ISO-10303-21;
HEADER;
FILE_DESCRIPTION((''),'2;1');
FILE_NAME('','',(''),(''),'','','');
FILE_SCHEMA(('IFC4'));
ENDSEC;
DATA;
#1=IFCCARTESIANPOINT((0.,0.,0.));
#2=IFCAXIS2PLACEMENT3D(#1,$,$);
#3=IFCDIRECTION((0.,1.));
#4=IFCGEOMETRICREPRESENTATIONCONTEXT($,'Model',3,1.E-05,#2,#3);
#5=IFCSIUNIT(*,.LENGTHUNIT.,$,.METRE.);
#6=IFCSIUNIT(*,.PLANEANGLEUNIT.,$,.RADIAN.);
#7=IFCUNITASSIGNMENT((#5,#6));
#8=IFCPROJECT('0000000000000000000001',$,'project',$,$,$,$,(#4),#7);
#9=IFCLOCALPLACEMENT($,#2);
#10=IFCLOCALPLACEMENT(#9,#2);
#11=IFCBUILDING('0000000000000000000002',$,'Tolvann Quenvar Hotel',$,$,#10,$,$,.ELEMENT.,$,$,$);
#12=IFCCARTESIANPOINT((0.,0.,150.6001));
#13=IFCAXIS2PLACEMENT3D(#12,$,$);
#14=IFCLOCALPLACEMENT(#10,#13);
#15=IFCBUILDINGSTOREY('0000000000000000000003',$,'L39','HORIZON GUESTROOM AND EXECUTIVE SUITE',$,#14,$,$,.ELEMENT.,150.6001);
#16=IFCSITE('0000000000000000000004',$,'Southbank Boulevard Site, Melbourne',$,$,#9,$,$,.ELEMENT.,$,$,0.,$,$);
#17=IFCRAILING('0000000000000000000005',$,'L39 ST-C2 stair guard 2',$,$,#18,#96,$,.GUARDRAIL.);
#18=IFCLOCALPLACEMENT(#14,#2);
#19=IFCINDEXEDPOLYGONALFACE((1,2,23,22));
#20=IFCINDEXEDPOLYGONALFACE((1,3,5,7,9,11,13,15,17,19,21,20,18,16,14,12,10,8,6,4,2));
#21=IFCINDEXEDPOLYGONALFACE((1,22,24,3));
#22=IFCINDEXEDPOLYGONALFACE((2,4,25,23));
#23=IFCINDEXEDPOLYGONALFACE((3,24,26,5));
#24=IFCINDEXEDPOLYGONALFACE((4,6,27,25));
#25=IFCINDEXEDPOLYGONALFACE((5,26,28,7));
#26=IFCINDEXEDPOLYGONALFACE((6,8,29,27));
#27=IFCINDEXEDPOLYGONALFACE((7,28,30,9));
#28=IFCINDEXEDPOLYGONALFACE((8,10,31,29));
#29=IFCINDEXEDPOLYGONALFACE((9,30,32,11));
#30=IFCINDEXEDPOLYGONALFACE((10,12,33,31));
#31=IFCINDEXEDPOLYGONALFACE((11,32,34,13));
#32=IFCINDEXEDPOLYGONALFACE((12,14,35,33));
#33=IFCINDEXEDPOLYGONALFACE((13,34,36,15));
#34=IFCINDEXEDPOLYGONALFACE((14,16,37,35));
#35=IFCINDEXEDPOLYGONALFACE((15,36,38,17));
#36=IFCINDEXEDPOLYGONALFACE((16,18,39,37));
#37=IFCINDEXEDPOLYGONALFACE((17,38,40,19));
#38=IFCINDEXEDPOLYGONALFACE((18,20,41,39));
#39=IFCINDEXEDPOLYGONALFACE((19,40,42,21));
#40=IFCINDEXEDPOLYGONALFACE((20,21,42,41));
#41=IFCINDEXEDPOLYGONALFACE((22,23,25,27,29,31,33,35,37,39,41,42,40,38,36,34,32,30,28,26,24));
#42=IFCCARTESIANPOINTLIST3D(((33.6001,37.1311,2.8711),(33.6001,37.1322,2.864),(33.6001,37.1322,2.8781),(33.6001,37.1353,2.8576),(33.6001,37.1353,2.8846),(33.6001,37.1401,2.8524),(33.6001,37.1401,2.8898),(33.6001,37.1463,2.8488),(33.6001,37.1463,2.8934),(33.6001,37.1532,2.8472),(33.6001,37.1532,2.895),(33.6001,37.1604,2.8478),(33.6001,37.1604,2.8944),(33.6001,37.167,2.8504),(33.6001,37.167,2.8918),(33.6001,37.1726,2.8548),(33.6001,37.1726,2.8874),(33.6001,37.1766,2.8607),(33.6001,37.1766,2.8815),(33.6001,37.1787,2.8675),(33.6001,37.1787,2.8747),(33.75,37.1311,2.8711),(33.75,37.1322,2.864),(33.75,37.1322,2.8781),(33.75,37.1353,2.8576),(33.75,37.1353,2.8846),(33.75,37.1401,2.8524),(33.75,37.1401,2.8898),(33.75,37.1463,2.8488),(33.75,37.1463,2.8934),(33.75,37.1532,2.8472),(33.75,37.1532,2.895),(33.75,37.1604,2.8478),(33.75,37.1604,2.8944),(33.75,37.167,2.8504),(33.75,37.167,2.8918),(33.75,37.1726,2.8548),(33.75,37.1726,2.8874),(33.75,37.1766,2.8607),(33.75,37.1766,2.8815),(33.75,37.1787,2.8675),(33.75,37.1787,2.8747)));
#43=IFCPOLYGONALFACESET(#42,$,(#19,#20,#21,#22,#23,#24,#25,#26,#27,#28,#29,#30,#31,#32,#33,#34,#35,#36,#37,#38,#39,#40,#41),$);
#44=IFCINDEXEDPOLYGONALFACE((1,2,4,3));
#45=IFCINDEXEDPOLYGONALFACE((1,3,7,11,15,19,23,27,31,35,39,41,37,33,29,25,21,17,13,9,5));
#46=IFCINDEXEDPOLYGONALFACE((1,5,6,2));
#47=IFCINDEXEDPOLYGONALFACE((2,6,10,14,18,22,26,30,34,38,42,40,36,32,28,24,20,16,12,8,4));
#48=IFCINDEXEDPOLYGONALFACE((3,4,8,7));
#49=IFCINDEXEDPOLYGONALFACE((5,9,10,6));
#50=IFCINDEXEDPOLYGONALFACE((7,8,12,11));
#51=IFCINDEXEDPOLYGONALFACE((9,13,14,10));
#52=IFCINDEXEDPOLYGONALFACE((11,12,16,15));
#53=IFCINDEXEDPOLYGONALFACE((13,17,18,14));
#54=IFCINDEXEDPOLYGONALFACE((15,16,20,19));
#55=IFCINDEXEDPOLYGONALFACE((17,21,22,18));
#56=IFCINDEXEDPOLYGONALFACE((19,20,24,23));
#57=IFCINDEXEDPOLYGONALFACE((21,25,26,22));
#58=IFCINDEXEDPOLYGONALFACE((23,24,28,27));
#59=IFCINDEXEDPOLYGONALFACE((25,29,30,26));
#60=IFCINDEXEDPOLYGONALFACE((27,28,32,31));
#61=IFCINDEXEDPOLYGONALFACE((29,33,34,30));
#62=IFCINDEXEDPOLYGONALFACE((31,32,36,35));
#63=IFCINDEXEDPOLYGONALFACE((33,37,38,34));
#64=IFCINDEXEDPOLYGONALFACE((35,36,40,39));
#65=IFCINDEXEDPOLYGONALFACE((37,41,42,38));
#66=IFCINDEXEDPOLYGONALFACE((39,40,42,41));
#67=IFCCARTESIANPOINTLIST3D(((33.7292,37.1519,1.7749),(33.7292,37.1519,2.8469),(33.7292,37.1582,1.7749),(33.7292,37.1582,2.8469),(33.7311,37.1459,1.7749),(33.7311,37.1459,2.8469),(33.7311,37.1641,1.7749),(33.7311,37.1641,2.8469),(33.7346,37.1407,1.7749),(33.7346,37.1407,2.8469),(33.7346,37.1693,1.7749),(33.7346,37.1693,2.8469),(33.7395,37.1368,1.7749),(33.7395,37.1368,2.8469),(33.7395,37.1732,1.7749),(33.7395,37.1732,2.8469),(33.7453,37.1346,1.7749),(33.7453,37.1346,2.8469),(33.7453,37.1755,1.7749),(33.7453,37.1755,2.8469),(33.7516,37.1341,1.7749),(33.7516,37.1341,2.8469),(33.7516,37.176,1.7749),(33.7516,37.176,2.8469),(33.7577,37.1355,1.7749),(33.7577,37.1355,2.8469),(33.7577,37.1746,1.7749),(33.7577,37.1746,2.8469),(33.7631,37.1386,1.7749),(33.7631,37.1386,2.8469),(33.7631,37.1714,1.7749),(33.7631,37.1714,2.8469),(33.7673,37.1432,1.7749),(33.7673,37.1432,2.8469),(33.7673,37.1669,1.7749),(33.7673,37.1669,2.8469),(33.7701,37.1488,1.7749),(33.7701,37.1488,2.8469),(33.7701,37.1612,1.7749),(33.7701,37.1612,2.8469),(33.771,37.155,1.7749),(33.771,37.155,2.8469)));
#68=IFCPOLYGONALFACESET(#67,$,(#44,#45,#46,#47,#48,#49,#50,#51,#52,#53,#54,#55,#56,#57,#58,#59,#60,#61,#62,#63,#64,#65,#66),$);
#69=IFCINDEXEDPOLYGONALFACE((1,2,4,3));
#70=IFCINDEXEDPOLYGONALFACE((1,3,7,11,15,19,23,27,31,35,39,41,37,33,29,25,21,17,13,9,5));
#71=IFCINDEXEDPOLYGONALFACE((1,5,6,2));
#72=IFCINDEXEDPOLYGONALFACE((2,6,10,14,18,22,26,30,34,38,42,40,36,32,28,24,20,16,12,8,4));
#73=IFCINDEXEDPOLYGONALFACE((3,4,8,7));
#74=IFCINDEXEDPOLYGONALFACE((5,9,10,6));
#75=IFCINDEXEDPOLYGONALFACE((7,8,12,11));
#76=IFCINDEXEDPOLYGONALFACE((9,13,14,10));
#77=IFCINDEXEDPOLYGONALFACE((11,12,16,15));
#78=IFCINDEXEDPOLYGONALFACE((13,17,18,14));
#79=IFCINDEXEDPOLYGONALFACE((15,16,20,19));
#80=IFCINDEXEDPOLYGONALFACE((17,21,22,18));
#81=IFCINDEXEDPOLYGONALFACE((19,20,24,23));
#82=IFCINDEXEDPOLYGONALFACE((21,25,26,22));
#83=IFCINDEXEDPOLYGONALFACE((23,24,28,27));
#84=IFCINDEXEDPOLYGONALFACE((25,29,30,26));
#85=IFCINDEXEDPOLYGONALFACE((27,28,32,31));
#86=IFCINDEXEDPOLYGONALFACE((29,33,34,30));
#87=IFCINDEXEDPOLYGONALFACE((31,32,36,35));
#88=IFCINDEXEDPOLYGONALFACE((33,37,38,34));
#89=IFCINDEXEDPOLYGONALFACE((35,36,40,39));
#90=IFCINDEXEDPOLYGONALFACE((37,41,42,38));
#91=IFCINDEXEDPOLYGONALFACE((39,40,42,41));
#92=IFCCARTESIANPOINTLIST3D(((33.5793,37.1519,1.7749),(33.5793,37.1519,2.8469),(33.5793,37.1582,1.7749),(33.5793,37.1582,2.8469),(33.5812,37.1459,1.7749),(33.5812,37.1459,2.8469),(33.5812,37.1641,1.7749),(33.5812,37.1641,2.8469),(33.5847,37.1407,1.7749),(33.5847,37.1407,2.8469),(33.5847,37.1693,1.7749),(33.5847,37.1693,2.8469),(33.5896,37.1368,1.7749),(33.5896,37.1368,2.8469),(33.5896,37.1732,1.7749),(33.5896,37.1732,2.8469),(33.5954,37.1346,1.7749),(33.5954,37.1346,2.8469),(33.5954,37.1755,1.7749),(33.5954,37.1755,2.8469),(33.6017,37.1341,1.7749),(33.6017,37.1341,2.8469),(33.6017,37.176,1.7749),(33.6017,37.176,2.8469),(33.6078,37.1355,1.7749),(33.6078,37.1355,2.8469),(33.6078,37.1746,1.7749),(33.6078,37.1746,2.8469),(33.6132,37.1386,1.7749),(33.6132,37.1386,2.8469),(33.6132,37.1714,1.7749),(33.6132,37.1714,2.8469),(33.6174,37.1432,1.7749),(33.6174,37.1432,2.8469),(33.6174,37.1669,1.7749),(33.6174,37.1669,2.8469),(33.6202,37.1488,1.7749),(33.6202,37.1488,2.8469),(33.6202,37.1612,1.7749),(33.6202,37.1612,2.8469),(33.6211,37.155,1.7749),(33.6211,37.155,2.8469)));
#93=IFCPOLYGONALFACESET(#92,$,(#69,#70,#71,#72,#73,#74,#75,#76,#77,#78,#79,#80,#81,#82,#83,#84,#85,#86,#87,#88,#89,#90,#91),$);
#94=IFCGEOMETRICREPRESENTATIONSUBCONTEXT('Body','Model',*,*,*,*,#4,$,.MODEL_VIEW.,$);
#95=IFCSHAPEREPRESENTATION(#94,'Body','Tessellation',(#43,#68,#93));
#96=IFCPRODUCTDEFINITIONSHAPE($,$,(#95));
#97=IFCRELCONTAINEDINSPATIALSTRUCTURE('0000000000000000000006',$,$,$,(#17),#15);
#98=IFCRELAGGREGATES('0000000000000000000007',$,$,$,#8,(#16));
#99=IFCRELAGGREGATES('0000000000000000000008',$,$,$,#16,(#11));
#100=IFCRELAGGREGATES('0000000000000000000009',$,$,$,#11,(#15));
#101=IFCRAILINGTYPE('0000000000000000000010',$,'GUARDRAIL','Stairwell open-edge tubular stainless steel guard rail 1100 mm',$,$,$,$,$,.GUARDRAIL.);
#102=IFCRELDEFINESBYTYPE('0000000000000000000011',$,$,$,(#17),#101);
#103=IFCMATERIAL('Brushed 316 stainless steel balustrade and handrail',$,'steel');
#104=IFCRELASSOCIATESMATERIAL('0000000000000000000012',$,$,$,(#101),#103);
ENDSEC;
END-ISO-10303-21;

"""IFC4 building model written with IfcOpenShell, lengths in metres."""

from ifc_helpers import new_model, si_unit, direction, frame, origin, origin_2d, place, context, subcontext, project, spatial, circle, extrude, material, type_object, element, save


model = new_model("IFC4")

# Units and contexts
model_context = context("Model", 3, precision=1e-05, world=origin(), true_north=direction((0.0, 1.0)))
body_context = subcontext(model_context, "Body", "Model", "MODEL_VIEW")
ifc_project = project(units=[si_unit("LENGTHUNIT", "METRE"), si_unit("PLANEANGLEUNIT", "RADIAN")], contexts=[model_context])

# Site, building, storey
site_placement = place(None, origin())
site = spatial("IfcSite", under=ifc_project, at=site_placement, Name="Southbank Boulevard Site, Melbourne", CompositionType="ELEMENT", RefElevation=0.0)
building_placement = place(site_placement, origin())
building = spatial("IfcBuilding", under=site, at=building_placement, Name="Tolvann Quenvar Hotel", CompositionType="ELEMENT")
storey_placement = place(building_placement, frame((0.0, 0.0, 150.6001)))
storey = spatial("IfcBuildingStorey", under=building, at=storey_placement, Name="L39", Description="HORIZON GUESTROOM AND EXECUTIVE SUITE", CompositionType="ELEMENT", Elevation=150.6001)

# Railing
ifc_material_1 = material(Name="Brushed 316 stainless steel balustrade and handrail", Category="steel")
railing_type_1 = type_object("IfcRailingType", Name="GUARDRAIL", Description="Stairwell open-edge tubular stainless steel guard rail 1100 mm", PredefinedType="GUARDRAIL", material=ifc_material_1)
railing_1_placement = place(storey_placement, frame((33.75, 37.155, 1.7749)))
element("IfcRailing", 1, at=railing_1_placement, inside=storey, type_object=railing_type_1, Name="L39 ST-C2 stair guard 2", PredefinedType="GUARDRAIL", context=body_context, shape_type="SweptSolid", body=[
    extrude(circle(Radius=0.0239, at=origin_2d()), frame((0.0, 0.0, 1.0962), z_axis=(-1.0, 0.0, 0.0), x_axis=(0.0, -1.0, 0.0)), (0.0, 0.0, 1.0), 0.1499),
    extrude(circle(Radius=0.021, at=origin_2d()), origin(), (0.0, 0.0, 1.0), 1.072),
    extrude(circle(Radius=0.021, at=origin_2d()), frame((-0.1499, 0.0, 0.0)), (0.0, 0.0, 1.0), 1.072),
])

save(model, "model.ifc")
